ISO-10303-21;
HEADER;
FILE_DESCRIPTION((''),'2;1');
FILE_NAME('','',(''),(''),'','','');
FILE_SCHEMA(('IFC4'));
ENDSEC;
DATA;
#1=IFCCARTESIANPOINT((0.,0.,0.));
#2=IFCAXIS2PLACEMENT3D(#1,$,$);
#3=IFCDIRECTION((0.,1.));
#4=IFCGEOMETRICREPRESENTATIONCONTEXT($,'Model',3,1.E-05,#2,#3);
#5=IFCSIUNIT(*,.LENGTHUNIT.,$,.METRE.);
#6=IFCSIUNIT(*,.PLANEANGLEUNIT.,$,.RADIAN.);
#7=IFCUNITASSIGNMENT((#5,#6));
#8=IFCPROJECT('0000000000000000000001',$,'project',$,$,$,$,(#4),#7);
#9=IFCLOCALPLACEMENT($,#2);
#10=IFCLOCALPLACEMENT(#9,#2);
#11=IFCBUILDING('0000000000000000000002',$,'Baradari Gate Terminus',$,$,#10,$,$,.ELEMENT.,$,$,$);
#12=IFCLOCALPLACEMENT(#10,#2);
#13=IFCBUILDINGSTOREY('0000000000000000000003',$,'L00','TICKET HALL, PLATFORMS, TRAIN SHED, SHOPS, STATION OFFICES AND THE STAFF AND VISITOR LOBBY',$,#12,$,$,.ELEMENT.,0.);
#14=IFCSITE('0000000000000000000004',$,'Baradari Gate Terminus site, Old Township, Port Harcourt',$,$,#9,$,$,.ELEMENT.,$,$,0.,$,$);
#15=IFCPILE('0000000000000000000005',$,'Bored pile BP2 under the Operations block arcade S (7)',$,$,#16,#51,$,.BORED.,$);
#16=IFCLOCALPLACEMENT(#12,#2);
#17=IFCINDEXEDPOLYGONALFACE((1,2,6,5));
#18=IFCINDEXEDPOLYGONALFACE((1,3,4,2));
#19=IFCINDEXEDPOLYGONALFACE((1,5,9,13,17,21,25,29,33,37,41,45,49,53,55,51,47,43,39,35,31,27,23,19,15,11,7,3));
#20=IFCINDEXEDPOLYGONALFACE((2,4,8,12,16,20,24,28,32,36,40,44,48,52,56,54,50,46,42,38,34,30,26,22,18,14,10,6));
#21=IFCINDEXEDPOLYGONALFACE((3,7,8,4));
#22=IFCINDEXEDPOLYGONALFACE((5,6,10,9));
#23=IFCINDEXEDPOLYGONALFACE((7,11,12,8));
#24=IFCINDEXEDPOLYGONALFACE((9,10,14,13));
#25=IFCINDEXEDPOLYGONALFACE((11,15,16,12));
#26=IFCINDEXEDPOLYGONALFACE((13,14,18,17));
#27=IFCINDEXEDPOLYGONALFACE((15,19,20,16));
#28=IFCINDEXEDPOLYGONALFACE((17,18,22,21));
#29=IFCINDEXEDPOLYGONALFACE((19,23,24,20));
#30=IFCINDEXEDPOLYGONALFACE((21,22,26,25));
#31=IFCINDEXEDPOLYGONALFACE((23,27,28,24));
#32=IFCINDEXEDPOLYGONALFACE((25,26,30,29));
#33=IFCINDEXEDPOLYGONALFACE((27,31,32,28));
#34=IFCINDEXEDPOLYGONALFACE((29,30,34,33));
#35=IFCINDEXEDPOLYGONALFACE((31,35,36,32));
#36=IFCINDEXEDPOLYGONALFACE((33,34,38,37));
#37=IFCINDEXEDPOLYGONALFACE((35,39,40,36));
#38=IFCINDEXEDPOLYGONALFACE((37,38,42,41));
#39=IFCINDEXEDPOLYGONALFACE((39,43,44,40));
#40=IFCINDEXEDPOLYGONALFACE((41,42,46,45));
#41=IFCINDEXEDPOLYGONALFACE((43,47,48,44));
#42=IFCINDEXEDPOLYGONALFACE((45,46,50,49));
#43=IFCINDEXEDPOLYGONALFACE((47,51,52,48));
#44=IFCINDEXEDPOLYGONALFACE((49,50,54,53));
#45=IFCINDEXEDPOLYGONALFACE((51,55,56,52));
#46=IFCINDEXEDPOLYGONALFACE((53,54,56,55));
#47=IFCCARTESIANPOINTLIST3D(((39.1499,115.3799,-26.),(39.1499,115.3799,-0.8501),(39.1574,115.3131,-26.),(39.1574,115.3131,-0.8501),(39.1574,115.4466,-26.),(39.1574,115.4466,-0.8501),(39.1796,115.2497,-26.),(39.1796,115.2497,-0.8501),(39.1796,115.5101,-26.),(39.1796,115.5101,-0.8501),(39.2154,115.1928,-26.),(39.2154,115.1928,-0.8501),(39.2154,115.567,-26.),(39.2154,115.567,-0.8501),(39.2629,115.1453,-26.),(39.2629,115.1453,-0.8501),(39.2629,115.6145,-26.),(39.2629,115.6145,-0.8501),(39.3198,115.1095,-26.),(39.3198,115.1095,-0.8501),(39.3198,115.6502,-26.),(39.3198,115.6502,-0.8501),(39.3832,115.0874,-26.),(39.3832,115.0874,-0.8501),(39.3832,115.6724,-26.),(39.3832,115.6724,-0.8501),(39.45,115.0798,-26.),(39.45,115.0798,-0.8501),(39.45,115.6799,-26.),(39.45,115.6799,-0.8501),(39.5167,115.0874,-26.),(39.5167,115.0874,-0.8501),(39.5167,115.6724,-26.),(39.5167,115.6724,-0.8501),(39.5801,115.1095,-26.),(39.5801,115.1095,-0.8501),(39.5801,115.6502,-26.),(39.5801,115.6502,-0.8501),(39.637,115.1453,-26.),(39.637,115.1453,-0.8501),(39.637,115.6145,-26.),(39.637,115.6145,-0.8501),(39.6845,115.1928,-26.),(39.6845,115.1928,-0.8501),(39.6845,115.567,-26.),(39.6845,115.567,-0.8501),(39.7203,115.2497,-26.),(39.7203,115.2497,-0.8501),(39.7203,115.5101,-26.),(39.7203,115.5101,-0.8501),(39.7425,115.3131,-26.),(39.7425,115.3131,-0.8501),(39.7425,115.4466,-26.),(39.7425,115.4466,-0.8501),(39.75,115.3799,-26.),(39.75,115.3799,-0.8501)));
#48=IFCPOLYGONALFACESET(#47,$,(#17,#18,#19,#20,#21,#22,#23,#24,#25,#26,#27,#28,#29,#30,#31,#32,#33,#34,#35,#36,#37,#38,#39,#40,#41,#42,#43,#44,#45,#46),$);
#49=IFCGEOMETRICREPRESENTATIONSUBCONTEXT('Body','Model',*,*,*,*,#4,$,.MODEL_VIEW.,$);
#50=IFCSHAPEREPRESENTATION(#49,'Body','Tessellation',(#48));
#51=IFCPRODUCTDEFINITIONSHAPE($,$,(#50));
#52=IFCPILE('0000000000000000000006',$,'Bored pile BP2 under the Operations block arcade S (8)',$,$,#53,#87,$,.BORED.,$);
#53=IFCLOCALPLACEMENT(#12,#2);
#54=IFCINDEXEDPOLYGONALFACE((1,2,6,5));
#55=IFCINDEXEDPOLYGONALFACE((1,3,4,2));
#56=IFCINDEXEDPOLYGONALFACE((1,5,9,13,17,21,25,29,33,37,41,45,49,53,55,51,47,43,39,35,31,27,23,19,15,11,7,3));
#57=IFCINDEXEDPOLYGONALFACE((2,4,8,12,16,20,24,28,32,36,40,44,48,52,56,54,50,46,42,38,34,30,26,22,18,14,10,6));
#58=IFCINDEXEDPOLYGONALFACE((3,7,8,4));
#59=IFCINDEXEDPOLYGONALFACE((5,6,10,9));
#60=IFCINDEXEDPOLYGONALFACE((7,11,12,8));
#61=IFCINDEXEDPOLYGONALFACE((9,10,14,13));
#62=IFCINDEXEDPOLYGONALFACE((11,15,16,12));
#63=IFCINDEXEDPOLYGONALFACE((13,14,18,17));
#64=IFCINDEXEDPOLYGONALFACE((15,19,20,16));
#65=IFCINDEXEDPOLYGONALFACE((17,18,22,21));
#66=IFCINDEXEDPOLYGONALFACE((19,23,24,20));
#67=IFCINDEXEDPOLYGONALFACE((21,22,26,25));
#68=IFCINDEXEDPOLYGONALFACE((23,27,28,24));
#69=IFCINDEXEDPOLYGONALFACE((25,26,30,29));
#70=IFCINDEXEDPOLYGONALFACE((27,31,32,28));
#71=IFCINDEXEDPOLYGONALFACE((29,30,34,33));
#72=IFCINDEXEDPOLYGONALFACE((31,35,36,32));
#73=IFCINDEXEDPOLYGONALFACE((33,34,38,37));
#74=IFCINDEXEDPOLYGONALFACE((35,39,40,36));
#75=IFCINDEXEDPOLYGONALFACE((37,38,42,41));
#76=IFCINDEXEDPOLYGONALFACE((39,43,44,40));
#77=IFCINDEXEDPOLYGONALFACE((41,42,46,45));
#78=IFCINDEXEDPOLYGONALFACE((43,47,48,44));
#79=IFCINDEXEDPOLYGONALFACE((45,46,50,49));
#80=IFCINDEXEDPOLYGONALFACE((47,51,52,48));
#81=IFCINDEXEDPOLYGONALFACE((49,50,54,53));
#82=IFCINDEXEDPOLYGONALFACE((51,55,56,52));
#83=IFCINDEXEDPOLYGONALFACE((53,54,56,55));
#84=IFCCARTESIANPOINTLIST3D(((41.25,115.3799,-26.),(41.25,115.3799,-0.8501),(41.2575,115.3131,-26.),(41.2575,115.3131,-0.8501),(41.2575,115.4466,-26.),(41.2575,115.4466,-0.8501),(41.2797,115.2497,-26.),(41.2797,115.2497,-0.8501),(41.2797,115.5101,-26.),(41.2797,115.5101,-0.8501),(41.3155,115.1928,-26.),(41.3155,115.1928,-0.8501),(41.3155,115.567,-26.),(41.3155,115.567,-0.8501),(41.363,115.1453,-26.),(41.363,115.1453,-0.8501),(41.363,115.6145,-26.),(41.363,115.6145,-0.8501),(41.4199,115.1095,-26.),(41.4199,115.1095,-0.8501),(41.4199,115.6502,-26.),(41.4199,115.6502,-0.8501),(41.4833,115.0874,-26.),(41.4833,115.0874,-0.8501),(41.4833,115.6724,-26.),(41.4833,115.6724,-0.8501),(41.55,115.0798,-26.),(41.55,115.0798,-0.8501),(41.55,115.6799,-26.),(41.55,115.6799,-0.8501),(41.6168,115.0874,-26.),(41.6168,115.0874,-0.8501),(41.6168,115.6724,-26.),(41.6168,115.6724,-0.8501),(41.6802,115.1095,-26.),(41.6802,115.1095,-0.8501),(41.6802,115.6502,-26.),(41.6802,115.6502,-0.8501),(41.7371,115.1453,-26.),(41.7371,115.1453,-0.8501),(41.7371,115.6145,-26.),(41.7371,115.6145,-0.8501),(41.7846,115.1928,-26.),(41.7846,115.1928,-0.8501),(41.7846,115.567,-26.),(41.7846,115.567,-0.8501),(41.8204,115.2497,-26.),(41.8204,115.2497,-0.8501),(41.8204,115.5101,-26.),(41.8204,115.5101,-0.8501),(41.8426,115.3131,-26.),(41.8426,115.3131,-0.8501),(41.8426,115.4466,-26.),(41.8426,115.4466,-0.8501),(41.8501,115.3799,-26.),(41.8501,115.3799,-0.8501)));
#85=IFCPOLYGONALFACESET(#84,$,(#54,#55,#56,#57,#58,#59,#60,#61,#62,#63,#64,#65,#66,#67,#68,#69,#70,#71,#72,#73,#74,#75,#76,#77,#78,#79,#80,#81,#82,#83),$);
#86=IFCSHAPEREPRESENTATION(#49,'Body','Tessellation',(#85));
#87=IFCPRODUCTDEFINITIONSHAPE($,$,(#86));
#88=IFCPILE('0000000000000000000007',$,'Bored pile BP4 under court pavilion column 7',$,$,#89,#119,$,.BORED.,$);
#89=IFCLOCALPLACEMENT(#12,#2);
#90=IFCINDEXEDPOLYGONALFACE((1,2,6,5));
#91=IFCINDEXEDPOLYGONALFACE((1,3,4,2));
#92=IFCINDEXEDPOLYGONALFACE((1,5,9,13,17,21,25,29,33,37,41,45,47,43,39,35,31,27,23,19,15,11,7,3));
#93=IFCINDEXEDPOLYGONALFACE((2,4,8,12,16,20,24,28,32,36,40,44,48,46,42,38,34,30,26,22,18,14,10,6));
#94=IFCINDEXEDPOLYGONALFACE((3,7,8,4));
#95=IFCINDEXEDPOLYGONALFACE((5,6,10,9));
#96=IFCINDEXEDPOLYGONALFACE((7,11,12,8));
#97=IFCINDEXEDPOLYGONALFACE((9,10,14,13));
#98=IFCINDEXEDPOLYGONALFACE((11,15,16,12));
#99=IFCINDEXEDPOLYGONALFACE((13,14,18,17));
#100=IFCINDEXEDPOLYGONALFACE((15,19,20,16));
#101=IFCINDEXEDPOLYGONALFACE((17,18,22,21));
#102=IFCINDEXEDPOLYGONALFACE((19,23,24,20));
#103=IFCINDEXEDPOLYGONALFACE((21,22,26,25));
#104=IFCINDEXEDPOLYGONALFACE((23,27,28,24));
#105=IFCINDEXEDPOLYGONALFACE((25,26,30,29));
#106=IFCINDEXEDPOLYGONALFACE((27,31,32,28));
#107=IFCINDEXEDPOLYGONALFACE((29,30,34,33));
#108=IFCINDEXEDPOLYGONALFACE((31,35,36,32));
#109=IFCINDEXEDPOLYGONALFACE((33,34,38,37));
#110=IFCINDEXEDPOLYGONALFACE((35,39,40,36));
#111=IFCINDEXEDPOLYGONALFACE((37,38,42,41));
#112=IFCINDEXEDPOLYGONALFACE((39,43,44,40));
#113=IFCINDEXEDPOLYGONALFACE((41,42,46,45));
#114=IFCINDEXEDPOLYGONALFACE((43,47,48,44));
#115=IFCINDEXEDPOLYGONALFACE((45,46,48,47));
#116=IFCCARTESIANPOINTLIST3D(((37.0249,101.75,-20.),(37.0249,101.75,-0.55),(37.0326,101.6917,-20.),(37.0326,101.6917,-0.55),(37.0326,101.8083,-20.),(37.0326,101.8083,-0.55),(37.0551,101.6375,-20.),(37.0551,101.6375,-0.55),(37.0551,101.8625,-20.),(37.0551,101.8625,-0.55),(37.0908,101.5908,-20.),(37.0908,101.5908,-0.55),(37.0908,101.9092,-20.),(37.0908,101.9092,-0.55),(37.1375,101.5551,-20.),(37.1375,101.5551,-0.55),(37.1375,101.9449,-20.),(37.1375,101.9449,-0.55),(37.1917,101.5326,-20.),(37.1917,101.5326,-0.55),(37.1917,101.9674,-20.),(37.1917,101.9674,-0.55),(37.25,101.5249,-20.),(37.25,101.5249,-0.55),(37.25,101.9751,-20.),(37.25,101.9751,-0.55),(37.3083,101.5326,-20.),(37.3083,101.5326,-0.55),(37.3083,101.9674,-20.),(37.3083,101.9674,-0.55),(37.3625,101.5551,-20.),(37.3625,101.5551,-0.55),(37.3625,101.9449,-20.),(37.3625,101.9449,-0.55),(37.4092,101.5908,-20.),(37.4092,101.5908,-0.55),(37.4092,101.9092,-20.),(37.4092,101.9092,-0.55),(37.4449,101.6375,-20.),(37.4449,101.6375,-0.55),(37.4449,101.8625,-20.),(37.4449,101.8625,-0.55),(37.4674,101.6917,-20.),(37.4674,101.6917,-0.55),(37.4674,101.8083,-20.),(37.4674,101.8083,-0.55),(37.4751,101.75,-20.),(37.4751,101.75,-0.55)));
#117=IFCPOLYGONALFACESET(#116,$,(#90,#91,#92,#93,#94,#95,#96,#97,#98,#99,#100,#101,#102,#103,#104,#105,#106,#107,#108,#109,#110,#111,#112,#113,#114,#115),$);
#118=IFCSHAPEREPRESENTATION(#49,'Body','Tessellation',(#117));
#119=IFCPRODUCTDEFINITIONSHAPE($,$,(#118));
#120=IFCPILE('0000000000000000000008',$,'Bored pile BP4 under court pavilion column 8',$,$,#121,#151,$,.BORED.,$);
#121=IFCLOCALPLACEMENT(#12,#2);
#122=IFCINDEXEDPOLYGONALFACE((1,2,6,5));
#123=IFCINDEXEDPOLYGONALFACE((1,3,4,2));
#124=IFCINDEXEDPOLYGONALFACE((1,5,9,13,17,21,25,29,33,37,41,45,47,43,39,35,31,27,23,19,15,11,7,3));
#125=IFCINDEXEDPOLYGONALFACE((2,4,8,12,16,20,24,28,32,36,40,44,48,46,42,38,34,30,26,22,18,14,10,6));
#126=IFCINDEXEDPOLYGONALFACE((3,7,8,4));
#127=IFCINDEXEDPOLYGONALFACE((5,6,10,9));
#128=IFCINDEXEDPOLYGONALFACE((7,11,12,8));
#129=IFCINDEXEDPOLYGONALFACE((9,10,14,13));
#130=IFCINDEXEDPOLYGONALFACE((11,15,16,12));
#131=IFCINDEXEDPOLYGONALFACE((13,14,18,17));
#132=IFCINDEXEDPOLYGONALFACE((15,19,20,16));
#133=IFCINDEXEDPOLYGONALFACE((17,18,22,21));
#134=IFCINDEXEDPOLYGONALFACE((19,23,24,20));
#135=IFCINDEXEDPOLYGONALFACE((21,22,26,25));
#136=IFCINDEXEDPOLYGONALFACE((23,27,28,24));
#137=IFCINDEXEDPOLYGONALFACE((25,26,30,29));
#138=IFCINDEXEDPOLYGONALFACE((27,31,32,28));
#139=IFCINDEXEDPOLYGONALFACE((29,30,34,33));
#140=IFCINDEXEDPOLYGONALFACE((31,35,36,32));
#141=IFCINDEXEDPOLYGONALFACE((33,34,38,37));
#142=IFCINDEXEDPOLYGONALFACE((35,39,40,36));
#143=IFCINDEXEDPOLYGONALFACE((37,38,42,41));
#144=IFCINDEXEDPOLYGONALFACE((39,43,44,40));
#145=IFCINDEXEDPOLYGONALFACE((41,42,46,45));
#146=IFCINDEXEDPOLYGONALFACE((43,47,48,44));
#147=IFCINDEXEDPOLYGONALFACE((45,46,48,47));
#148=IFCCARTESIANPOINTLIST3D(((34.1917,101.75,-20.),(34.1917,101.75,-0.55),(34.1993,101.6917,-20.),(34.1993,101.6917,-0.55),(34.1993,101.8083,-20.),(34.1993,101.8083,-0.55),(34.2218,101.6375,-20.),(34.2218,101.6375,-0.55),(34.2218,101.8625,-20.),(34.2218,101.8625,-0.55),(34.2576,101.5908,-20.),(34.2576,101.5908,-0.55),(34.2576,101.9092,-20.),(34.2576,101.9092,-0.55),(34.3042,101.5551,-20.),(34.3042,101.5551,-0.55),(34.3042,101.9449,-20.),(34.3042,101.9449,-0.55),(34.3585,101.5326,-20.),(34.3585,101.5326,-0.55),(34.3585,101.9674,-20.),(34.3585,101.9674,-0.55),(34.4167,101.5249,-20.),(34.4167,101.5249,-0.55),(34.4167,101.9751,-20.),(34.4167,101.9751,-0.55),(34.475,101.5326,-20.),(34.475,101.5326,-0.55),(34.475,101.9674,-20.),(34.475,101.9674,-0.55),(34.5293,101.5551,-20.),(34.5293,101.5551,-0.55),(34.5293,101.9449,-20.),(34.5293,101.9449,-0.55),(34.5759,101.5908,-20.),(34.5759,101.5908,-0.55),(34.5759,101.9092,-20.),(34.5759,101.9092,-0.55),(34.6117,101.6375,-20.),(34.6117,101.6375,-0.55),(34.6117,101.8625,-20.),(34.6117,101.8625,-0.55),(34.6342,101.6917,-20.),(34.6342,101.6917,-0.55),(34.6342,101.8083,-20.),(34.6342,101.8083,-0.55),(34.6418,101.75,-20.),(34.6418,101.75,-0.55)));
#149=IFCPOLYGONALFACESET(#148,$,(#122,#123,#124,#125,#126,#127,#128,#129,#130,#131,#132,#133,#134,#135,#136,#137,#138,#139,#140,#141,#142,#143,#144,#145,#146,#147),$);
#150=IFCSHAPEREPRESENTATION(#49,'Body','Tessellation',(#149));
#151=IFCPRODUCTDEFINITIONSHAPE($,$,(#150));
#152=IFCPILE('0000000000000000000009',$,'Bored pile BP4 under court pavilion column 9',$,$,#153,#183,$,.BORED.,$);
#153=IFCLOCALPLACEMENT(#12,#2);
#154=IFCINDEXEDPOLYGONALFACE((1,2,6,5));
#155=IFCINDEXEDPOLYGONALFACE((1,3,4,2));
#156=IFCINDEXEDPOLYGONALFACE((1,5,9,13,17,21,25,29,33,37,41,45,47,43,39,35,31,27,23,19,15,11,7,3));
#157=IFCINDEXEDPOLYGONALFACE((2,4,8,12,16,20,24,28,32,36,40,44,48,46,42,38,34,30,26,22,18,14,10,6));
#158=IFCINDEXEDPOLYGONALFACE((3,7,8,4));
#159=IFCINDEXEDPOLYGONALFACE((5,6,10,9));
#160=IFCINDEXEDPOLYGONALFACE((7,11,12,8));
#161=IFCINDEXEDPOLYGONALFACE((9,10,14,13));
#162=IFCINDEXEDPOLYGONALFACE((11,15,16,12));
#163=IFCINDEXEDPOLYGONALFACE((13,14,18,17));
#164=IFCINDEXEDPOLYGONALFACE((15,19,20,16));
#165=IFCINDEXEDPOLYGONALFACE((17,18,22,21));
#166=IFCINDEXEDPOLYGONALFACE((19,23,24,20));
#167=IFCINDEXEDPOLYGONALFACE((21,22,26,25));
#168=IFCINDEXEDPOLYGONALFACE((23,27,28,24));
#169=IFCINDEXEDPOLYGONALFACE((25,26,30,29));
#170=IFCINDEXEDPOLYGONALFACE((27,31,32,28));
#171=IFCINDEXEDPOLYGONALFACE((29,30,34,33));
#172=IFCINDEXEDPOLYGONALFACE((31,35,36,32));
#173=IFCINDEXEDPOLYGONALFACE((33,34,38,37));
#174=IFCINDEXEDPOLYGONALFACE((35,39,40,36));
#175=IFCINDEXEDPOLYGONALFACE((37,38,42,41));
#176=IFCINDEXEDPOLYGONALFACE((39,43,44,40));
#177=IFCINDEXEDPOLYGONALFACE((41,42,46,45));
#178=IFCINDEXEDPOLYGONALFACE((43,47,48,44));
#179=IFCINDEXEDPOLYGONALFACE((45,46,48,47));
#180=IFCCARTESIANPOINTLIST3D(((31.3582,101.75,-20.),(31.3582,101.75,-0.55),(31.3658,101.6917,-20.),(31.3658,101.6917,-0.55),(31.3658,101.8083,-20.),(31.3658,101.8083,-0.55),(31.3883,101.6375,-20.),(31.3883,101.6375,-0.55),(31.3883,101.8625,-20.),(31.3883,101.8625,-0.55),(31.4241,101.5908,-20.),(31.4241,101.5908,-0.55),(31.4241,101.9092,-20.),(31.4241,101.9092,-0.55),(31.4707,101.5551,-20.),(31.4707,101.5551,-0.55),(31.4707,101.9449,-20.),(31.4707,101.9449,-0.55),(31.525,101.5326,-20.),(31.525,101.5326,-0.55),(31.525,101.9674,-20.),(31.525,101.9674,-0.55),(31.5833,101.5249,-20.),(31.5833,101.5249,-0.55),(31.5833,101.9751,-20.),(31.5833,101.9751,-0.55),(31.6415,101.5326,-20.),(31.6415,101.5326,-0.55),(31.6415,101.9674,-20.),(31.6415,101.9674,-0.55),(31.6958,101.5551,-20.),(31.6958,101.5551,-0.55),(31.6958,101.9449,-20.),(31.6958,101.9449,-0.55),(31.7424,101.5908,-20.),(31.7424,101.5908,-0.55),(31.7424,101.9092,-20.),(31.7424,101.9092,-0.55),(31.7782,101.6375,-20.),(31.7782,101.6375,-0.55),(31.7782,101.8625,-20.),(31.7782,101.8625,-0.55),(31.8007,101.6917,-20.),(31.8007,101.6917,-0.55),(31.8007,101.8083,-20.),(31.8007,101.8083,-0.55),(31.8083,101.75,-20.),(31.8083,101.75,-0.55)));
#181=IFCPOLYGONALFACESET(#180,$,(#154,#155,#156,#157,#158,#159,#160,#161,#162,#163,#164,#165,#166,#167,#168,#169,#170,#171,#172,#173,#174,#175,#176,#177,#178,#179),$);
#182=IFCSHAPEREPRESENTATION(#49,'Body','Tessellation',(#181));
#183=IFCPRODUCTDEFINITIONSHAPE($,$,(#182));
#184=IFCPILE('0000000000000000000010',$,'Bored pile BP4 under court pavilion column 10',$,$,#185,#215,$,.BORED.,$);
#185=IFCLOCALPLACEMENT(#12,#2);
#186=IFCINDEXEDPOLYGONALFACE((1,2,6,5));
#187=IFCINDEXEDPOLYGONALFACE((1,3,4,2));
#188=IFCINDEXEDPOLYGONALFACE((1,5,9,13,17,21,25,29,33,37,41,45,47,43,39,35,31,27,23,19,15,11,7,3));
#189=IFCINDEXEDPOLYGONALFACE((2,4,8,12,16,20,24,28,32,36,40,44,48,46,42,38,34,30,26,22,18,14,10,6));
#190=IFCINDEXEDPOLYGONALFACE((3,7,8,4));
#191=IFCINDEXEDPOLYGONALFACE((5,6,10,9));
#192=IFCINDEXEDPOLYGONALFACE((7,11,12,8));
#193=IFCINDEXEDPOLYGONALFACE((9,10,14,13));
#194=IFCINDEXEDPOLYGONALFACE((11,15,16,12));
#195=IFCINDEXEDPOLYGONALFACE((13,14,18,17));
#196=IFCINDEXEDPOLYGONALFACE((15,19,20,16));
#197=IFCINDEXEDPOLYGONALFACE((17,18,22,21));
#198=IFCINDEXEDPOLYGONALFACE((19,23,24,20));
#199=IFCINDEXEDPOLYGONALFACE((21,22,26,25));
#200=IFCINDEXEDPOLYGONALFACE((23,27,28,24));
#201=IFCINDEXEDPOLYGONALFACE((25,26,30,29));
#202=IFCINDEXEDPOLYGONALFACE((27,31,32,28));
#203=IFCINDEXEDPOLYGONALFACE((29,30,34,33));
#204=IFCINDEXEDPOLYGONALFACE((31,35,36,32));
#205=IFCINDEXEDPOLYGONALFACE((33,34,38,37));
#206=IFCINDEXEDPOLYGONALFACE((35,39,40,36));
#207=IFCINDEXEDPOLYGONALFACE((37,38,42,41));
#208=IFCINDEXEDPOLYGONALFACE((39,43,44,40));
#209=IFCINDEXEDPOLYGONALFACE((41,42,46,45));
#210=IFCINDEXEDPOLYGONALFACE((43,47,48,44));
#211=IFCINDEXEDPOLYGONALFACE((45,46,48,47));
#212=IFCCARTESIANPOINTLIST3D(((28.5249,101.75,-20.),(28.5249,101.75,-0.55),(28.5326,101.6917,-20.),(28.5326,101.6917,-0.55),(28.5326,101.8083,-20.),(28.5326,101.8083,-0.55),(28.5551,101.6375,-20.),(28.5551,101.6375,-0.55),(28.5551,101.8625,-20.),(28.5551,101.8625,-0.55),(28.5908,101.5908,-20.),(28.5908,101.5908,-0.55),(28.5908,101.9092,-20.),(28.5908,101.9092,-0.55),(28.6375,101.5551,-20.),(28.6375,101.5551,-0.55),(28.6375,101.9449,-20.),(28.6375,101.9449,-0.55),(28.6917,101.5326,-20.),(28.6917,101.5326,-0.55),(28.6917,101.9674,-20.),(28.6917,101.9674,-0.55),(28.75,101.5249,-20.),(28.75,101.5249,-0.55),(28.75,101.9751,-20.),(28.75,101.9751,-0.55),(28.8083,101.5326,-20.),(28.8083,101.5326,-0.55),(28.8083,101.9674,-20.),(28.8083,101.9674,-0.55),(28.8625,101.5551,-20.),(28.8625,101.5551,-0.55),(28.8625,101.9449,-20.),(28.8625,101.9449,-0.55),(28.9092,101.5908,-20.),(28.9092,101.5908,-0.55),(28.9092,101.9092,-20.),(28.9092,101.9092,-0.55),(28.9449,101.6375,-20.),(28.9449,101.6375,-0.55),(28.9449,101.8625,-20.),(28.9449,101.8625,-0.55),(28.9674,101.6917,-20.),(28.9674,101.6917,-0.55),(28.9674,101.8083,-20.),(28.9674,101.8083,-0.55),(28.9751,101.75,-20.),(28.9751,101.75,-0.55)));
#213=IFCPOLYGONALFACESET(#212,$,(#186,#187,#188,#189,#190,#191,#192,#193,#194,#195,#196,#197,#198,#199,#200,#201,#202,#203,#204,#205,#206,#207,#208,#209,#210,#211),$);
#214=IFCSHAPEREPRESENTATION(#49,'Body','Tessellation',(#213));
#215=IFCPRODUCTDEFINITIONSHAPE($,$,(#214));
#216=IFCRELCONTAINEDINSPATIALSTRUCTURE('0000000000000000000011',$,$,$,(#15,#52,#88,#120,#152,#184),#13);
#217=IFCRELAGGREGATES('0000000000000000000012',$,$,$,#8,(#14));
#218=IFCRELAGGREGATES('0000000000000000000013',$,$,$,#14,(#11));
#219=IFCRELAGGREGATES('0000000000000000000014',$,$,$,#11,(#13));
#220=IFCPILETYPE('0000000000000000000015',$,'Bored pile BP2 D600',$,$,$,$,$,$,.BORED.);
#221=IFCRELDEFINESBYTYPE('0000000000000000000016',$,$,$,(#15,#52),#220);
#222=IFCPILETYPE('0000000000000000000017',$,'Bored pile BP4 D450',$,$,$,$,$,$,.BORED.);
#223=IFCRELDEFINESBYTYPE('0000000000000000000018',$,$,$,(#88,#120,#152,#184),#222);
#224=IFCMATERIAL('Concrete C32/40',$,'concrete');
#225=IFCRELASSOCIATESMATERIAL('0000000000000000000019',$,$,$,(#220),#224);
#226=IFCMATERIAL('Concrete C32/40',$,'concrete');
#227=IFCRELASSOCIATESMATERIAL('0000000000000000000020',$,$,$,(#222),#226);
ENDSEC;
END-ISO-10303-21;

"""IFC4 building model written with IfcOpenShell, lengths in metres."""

from ifc_helpers import new_model, si_unit, direction, frame, origin, origin_2d, place, context, subcontext, project, spatial, circle, extrude, material, type_object, element, save


model = new_model("IFC4")

# Units and contexts
model_context = context("Model", 3, precision=1e-05, world=origin(), true_north=direction((0.0, 1.0)))
body_context = subcontext(model_context, "Body", "Model", "MODEL_VIEW")
ifc_project = project(units=[si_unit("LENGTHUNIT", "METRE"), si_unit("PLANEANGLEUNIT", "RADIAN")], contexts=[model_context])

# Site, building, storey
site_placement = place(None, origin())
site = spatial("IfcSite", under=ifc_project, at=site_placement, Name="Baradari Gate Terminus site, Old Township, Port Harcourt", CompositionType="ELEMENT", RefElevation=0.0)
building_placement = place(site_placement, origin())
building = spatial("IfcBuilding", under=site, at=building_placement, Name="Baradari Gate Terminus", CompositionType="ELEMENT")
storey_placement = place(building_placement, origin())
storey = spatial("IfcBuildingStorey", under=building, at=storey_placement, Name="L00", Description="TICKET HALL, PLATFORMS, TRAIN SHED, SHOPS, STATION OFFICES AND THE STAFF AND VISITOR LOBBY", CompositionType="ELEMENT", Elevation=0.0)

# Piles
ifc_material_1 = material(Name="Concrete C32/40", Category="concrete")
pile_type_1 = type_object("IfcPileType", Name="Bored pile BP2 D600", PredefinedType="BORED", material=ifc_material_1)
for number, where, z_axis, x_axis, name in (
    (1, (39.45, 115.3799, -0.8501), (0.0, 0.0, -1.0), (1.0, 0.0, 0.0), "Bored pile BP2 under the Operations block arcade S (7)"),
    (2, (41.55, 115.3799, -0.8501), (0.0, 0.0, -1.0), (1.0, 0.0, 0.0), "Bored pile BP2 under the Operations block arcade S (8)"),
):
    element("IfcPile", number, at=place(storey_placement, frame(where, z_axis=z_axis, x_axis=x_axis)), inside=storey, type_object=pile_type_1, Name=name, PredefinedType="BORED", context=body_context, shape_type="SweptSolid", body=[
        extrude(circle(Radius=0.3, at=origin_2d()), origin(), (0.0, 0.0, 1.0), 25.1499),
    ])
ifc_material_2 = material(Name="Concrete C32/40", Category="concrete")
pile_type_2 = type_object("IfcPileType", Name="Bored pile BP4 D450", PredefinedType="BORED", material=ifc_material_2)
for number, where, z_axis, x_axis, name in (
    (3, (37.25, 101.75, -0.55), (0.0, 0.0, -1.0), (1.0, 0.0, 0.0), "Bored pile BP4 under court pavilion column 7"),
    (4, (34.4167, 101.75, -0.55), (0.0, 0.0, -1.0), (1.0, 0.0, 0.0), "Bored pile BP4 under court pavilion column 8"),
    (5, (31.5833, 101.75, -0.55), (0.0, 0.0, -1.0), (1.0, 0.0, 0.0), "Bored pile BP4 under court pavilion column 9"),
    (6, (28.75, 101.75, -0.55), (0.0, 0.0, -1.0), (1.0, 0.0, 0.0), "Bored pile BP4 under court pavilion column 10"),
):
    element("IfcPile", number, at=place(storey_placement, frame(where, z_axis=z_axis, x_axis=x_axis)), inside=storey, type_object=pile_type_2, Name=name, PredefinedType="BORED", context=body_context, shape_type="SweptSolid", body=[
        extrude(circle(Radius=0.2251, at=origin_2d()), origin(), (0.0, 0.0, 1.0), 19.45),
    ])

save(model, "model.ifc")
